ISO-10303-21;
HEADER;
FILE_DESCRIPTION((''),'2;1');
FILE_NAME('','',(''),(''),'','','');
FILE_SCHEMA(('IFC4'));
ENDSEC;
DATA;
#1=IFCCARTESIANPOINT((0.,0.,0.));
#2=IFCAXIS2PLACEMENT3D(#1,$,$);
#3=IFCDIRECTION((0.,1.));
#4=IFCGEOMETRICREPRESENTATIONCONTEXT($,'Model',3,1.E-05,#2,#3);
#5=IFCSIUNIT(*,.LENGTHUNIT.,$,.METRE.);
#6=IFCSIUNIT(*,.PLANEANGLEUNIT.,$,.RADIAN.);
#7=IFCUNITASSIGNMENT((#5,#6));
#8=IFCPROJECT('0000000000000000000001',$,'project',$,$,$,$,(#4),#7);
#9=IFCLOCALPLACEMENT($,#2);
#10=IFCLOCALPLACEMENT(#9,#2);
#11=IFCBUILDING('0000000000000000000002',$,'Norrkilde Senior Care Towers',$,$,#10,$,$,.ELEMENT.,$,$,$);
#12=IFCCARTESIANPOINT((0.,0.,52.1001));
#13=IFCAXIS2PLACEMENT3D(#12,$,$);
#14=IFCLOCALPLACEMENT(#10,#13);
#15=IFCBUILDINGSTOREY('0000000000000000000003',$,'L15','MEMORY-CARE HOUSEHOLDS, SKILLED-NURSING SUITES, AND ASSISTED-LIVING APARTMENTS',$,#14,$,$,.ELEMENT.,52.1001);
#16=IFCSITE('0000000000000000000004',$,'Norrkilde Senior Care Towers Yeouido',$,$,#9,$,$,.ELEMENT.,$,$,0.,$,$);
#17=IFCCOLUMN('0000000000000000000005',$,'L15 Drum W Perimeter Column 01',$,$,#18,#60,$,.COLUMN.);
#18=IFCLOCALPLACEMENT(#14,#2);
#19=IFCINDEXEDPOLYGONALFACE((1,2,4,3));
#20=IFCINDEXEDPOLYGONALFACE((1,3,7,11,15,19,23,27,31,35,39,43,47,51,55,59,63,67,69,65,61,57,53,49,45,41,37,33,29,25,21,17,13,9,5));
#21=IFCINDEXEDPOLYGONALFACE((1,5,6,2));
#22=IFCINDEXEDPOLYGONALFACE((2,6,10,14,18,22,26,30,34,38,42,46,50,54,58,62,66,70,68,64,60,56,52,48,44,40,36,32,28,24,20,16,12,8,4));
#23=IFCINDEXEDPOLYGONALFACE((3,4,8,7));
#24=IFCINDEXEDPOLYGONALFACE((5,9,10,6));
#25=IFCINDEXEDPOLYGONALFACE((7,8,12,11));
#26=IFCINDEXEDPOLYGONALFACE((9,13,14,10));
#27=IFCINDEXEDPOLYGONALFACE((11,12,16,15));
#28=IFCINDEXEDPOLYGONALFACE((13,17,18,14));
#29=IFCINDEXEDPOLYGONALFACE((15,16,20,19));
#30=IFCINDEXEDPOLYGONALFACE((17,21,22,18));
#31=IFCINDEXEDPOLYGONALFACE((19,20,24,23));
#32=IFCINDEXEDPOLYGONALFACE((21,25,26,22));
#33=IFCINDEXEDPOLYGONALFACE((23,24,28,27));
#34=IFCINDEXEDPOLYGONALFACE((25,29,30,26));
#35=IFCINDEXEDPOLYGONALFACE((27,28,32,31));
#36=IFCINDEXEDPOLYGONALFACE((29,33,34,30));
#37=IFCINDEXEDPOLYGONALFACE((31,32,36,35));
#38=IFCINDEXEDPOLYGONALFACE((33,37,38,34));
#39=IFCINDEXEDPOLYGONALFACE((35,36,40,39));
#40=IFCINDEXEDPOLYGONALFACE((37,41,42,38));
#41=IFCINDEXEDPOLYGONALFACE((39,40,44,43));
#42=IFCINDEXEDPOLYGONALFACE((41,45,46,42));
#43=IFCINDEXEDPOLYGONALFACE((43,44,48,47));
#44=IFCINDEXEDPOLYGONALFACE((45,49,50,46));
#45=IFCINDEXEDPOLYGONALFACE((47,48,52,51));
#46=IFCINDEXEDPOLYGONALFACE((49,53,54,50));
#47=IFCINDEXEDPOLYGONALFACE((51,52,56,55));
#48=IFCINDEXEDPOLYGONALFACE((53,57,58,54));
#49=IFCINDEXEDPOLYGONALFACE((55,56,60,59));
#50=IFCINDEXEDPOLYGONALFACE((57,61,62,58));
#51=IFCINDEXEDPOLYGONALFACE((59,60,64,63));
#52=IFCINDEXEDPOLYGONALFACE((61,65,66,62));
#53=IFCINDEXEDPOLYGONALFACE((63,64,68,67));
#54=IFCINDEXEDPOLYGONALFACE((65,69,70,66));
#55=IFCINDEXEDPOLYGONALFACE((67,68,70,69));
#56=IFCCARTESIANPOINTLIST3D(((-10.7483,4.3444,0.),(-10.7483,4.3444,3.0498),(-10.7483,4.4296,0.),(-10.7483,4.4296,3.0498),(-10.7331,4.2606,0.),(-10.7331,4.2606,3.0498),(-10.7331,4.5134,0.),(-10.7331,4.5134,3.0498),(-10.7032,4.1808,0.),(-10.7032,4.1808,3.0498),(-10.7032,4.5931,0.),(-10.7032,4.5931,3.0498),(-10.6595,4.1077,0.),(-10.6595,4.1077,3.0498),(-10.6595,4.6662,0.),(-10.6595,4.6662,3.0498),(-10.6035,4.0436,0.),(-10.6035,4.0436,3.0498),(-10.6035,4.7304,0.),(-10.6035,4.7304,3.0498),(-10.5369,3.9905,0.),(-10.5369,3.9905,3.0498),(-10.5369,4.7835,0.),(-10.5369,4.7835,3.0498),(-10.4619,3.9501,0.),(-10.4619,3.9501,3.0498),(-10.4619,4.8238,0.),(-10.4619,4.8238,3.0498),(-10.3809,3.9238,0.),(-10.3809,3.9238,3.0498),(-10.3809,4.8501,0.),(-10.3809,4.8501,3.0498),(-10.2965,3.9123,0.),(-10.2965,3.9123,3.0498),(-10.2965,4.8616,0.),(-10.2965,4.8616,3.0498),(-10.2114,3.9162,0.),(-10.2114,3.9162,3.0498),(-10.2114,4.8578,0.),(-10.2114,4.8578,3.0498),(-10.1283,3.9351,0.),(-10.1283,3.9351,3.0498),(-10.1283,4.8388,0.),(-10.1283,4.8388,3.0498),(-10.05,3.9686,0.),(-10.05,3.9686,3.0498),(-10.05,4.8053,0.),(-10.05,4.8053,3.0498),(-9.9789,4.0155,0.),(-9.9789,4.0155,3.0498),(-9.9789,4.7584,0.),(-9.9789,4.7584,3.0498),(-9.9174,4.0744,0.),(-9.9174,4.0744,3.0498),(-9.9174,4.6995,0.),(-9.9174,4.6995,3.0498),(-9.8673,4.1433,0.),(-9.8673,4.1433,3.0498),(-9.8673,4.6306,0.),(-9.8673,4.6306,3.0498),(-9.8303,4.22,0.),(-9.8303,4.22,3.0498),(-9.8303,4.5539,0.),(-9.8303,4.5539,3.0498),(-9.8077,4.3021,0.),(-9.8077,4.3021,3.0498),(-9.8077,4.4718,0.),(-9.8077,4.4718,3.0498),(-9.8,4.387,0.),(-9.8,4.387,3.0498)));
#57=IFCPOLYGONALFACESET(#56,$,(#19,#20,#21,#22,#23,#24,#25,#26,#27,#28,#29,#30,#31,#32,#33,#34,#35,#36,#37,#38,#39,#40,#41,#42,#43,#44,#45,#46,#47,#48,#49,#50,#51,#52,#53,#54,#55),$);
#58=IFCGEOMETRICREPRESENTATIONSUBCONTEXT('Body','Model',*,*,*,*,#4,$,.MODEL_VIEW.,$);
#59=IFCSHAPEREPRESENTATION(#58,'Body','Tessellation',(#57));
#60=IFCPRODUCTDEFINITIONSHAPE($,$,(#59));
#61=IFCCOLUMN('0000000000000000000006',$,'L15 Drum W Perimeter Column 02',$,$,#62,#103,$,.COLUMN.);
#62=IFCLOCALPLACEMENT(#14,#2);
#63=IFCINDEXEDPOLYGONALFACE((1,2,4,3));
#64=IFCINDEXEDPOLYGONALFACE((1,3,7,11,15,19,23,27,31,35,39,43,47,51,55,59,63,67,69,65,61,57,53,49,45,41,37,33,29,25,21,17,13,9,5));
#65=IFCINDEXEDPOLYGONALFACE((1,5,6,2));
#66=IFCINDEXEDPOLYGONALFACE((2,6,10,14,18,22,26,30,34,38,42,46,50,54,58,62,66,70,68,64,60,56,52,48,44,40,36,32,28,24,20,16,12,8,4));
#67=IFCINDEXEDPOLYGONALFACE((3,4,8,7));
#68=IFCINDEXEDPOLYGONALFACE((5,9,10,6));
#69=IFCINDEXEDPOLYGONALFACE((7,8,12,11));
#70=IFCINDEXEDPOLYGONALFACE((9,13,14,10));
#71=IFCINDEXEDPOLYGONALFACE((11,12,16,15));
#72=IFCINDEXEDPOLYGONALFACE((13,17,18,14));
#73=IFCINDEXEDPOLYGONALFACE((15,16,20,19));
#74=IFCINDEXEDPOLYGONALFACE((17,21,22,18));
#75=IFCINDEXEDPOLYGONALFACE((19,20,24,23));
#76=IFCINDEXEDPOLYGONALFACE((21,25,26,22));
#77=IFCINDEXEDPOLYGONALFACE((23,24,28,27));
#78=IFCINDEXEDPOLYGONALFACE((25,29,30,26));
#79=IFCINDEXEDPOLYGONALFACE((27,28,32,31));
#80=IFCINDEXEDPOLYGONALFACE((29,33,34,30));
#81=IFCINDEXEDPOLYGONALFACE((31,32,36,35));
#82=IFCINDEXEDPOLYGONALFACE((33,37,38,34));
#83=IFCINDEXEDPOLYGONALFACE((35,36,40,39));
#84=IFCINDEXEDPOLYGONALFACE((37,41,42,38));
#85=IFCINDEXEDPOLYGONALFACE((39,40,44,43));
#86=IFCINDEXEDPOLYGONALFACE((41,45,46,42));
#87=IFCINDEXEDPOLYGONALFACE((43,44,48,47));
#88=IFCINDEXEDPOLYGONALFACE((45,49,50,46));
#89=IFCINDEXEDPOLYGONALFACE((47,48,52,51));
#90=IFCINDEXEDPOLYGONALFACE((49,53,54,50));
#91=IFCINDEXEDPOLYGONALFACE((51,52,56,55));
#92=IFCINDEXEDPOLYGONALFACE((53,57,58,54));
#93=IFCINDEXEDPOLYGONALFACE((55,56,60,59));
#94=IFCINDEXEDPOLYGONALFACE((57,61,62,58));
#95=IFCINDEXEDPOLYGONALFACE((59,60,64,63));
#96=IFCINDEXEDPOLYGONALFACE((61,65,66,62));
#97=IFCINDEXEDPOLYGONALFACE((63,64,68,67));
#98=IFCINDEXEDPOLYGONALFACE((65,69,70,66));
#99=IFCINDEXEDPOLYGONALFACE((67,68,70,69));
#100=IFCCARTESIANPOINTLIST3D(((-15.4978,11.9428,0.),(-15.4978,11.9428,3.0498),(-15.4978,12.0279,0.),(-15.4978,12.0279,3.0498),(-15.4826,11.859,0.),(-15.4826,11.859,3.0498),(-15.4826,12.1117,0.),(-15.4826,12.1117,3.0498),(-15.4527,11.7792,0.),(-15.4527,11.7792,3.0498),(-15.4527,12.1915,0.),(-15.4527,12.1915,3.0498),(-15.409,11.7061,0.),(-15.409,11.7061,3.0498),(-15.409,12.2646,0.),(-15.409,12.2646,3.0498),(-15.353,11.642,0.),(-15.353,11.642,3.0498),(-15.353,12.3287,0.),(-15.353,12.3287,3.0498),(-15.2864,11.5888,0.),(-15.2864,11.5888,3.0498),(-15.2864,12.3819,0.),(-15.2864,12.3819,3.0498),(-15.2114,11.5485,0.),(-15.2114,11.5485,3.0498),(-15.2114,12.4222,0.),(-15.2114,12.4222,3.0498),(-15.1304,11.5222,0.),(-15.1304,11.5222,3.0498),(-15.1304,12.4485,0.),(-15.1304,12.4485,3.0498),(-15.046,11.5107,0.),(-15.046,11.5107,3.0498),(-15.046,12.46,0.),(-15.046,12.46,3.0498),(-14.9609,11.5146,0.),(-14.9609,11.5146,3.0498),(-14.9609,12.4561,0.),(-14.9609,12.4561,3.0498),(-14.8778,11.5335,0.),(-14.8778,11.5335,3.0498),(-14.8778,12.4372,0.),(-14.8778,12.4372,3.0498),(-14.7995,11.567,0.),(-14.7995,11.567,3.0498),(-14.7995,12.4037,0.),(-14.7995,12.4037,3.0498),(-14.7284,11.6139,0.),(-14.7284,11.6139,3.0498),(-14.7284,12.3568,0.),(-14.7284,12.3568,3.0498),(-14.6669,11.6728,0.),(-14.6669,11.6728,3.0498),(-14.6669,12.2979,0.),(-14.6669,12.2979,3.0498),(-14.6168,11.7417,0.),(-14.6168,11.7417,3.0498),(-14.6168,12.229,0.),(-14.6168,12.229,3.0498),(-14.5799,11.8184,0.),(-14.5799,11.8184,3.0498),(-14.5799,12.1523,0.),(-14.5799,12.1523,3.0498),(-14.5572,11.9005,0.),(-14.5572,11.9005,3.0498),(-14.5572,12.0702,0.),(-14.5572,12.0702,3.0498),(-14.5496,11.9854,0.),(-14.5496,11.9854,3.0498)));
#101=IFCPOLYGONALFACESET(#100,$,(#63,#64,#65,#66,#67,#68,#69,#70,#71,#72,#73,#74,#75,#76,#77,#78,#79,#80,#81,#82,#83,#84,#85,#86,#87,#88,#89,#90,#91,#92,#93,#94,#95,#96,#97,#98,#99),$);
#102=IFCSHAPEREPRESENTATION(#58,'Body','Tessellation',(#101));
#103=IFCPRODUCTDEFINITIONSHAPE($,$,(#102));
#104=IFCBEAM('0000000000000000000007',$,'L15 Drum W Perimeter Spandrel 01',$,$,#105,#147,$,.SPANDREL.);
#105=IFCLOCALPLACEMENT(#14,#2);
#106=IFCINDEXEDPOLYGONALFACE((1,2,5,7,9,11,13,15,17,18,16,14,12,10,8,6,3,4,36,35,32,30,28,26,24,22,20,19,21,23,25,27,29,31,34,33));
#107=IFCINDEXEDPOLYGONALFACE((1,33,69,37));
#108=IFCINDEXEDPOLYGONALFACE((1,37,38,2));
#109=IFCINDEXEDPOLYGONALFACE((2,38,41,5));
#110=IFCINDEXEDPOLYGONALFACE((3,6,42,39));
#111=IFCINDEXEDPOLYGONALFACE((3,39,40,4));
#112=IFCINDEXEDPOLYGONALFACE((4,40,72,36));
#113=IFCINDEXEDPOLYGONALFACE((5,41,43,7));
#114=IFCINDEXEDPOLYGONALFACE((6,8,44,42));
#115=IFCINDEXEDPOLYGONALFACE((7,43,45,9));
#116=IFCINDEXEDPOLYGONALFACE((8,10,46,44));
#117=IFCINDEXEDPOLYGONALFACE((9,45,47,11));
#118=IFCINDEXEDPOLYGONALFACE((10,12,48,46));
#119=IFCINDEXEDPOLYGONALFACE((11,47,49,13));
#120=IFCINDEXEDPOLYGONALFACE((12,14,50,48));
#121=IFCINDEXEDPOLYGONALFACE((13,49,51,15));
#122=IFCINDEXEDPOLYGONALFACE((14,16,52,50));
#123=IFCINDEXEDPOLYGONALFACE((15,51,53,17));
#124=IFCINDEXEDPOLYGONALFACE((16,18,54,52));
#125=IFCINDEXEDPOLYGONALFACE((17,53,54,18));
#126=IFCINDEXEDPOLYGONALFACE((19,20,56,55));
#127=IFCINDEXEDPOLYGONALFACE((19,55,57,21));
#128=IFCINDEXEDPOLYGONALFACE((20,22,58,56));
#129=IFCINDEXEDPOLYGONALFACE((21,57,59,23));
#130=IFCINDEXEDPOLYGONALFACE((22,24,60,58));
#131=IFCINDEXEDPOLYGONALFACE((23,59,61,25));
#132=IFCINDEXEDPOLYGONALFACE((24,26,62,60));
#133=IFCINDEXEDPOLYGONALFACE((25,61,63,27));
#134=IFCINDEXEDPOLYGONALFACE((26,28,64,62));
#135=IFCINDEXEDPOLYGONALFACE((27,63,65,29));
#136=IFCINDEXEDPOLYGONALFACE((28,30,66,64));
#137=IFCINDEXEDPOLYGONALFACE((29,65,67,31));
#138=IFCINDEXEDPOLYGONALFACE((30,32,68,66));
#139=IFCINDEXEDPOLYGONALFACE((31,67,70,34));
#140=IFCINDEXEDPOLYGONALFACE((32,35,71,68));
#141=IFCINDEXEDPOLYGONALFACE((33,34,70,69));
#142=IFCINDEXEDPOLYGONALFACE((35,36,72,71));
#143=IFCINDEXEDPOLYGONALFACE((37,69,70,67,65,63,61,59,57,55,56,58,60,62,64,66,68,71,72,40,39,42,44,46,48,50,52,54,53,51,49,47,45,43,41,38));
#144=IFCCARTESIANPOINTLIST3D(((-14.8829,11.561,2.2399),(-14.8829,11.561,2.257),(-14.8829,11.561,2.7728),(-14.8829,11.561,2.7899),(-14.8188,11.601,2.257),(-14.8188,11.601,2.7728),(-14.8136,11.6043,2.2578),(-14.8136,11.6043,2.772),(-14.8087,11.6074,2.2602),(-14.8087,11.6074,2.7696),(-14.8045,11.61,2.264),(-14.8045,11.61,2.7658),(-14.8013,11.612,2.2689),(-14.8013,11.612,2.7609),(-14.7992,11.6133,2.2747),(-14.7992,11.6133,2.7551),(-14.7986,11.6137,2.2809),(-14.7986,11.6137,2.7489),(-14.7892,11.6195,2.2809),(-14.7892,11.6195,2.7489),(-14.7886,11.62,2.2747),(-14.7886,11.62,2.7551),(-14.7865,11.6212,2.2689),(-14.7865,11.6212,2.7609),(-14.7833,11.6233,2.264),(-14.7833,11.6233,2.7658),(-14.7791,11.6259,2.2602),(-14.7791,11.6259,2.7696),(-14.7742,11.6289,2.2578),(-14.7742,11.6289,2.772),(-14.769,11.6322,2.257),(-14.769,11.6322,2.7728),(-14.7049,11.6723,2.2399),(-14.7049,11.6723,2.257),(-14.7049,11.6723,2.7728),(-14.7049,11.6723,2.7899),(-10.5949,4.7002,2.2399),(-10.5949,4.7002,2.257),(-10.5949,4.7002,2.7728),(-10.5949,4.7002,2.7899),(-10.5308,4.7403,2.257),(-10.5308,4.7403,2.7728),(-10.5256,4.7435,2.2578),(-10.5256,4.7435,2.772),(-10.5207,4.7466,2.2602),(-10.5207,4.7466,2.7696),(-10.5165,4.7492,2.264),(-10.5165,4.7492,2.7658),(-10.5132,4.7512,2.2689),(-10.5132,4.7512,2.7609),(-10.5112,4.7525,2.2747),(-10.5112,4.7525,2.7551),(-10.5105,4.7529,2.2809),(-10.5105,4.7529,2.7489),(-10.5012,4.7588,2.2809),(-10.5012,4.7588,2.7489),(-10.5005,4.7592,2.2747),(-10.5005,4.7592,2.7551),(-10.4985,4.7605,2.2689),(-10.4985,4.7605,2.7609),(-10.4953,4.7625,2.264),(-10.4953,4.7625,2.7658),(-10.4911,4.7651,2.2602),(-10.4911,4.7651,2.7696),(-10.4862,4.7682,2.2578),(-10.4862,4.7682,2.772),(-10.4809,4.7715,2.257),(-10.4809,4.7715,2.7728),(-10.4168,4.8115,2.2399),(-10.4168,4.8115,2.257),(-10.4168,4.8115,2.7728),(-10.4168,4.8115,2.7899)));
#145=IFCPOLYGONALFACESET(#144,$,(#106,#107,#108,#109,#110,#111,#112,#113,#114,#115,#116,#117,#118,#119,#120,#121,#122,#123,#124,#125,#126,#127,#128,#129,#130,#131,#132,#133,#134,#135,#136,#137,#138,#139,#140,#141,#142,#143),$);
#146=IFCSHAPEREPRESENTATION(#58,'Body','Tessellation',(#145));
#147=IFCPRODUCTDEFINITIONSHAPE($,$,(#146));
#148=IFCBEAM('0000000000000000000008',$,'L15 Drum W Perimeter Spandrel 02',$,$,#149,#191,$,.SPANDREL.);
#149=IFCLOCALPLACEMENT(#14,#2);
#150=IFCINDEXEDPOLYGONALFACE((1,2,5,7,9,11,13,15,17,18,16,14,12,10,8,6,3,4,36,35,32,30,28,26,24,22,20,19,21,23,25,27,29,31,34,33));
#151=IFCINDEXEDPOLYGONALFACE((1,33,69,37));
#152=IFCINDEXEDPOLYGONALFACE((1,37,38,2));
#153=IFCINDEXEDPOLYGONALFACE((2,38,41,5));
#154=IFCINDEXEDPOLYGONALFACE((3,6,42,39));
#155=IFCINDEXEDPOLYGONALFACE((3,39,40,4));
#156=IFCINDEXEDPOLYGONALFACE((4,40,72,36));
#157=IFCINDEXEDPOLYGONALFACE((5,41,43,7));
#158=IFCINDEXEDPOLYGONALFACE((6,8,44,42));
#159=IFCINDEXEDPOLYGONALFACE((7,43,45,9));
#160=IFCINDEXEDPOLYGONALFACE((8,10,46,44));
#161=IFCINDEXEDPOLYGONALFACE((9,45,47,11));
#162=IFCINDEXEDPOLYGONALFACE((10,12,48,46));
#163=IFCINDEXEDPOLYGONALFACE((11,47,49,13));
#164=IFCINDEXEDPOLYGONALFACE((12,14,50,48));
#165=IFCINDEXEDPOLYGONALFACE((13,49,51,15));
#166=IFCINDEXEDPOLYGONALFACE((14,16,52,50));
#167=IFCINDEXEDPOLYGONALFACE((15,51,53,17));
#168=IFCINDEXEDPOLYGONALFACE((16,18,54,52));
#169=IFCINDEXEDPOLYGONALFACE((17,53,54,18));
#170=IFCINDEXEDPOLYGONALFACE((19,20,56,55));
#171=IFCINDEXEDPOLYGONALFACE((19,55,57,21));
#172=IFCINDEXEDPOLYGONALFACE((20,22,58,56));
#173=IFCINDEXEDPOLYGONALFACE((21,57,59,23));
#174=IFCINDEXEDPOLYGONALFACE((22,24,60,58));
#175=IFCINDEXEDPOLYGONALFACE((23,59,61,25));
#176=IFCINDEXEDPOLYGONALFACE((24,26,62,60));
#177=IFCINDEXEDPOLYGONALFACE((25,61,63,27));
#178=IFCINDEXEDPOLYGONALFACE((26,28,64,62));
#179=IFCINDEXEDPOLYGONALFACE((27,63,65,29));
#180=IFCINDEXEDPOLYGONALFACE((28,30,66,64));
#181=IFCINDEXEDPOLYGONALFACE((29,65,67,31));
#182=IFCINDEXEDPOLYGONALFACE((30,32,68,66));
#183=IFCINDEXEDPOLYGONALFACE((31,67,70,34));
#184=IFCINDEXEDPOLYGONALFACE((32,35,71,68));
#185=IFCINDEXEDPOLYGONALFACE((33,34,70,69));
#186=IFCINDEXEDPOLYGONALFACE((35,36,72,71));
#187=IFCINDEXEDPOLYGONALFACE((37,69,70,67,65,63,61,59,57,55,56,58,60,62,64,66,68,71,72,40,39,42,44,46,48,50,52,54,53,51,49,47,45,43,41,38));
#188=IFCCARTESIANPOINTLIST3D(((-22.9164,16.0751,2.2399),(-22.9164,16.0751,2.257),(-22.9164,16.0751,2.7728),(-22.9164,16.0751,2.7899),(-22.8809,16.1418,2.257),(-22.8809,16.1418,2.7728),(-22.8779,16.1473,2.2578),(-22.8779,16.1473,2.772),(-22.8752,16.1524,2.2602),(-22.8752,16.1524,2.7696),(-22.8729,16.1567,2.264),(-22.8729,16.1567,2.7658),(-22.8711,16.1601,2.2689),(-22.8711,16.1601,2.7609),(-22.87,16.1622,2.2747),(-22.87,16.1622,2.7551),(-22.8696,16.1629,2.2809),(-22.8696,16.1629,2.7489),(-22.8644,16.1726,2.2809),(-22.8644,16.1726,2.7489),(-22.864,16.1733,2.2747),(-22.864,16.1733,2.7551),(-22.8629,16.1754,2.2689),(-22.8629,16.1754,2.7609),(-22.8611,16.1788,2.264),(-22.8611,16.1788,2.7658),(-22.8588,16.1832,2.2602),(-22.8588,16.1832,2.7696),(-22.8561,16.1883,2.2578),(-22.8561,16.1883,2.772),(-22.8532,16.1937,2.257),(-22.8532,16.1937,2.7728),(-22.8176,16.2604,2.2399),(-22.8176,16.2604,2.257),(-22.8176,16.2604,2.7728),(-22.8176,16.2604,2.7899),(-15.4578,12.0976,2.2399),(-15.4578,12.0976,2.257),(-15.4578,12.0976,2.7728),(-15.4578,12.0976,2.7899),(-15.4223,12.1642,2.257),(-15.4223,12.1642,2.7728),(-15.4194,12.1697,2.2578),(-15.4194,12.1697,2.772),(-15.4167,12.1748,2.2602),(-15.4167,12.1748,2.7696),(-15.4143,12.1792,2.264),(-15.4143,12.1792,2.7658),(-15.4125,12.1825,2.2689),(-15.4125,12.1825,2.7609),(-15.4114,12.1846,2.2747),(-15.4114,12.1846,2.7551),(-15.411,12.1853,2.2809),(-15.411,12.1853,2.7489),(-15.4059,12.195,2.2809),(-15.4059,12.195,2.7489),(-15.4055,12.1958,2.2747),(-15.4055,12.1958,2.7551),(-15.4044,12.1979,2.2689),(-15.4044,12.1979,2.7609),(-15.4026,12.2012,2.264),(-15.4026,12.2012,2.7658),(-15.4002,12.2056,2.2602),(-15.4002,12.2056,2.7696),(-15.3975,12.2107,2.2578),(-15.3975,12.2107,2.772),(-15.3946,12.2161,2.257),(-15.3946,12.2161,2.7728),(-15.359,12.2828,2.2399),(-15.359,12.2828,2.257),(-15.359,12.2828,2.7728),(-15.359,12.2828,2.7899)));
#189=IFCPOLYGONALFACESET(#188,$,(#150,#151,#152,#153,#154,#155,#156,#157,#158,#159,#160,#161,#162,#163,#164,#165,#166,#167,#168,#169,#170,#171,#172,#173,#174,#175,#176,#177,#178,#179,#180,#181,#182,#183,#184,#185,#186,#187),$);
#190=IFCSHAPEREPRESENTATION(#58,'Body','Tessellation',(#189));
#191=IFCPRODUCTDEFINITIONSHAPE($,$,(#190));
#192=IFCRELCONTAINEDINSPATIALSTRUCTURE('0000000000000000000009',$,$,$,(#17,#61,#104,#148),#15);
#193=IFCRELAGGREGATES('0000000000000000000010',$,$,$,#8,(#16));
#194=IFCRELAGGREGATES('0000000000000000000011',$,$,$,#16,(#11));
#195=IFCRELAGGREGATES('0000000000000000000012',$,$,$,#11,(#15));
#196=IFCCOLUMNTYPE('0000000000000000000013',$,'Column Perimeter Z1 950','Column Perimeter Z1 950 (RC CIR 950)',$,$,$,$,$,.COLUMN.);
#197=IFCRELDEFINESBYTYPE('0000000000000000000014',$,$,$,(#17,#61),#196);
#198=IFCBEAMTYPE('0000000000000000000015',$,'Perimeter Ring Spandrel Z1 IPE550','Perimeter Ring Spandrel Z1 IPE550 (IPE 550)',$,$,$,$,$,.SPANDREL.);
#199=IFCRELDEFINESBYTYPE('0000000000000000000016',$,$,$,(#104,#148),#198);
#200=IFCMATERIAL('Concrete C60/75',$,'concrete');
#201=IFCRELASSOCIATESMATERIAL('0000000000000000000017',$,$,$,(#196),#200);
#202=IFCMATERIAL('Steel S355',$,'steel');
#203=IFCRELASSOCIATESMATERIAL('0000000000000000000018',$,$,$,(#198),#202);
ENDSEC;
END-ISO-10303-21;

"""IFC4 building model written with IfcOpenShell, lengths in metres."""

from ifc_helpers import new_model, si_unit, direction, frame, origin, origin_2d, place, context, subcontext, project, spatial, circle, i_section, extrude, source, transform, mapped, material, material_profile, profile_set, type_object, type_shapes, element, save


model = new_model("IFC4")

# Units and contexts
model_context = context("Model", 3, precision=1e-05, world=origin(), true_north=direction((0.0, 1.0)))
body_context = subcontext(model_context, "Body", "Model", "MODEL_VIEW")
ifc_project = project(units=[si_unit("LENGTHUNIT", "METRE"), si_unit("PLANEANGLEUNIT", "RADIAN")], contexts=[model_context])

# Site, building, storey
site_placement = place(None, origin())
site = spatial("IfcSite", under=ifc_project, at=site_placement, Name="Norrkilde Senior Care Towers Yeouido", CompositionType="ELEMENT", RefElevation=0.0)
building_placement = place(site_placement, origin())
building = spatial("IfcBuilding", under=site, at=building_placement, Name="Norrkilde Senior Care Towers", CompositionType="ELEMENT")
storey_placement = place(building_placement, frame((0.0, 0.0, 52.1001)))
storey = spatial("IfcBuildingStorey", under=building, at=storey_placement, Name="L15", Description="MEMORY-CARE HOUSEHOLDS, SKILLED-NURSING SUITES, AND ASSISTED-LIVING APARTMENTS", CompositionType="ELEMENT", Elevation=52.1001)

# Columns
ifc_material_1 = material(Name="Concrete C60/75", Category="concrete")
ifc_material_profile_1 = material_profile(ifc_material_1, circle(Radius=0.4751, at=origin_2d()), Name="RC CIR 950")
ifc_profile_set_1 = profile_set([ifc_material_profile_1], Name="Concrete C60/75")
column_type = type_object("IfcColumnType", Name="Column Perimeter Z1 950", Description="Column Perimeter Z1 950 (RC CIR 950)", PredefinedType="COLUMN", material=ifc_profile_set_1)
shared_shape_1 = source(origin(), body_context, "Body", "SweptSolid", [
    extrude(circle(Radius=0.4751, at=origin_2d()), origin(), (0.0, 0.0, 1.0), 3.0498),
])
type_shapes(column_type, [shared_shape_1])
for number, where, z_axis, x_axis, name in (
    (1, (-10.2751, 4.387, 0.0), (0.0, 0.0, 1.0), (1.0, 0.0, 0.0), "L15 Drum W Perimeter Column 01"),
    (2, (-15.0247, 11.9854, 0.0), (0.0, 0.0, 1.0), (1.0, 0.0, 0.0), "L15 Drum W Perimeter Column 02"),
):
    element("IfcColumn", number, at=place(storey_placement, frame(where, z_axis=z_axis, x_axis=x_axis)), inside=storey, type_object=column_type, Name=name, PredefinedType="COLUMN", context=body_context, shape_type="MappedRepresentation", body=[
        mapped(shared_shape_1, transform((0.0, 0.0, 0.0), x_axis=(1.0, 0.0, 0.0), y_axis=(0.0, 1.0, 0.0), z_axis=(0.0, 0.0, 1.0), scale=1.0)),
    ])

# Beams
ifc_material_2 = material(Name="Steel S355", Category="steel")
ifc_material_profile_2 = material_profile(ifc_material_2, i_section(OverallWidth=0.21, OverallDepth=0.55, WebThickness=0.011, FlangeThickness=0.0171, FilletRadius=0.0239, at=origin_2d()), Name="IPE 550")
ifc_profile_set_2 = profile_set([ifc_material_profile_2], Name="Steel S355")
beam_type_1 = type_object("IfcBeamType", Name="Perimeter Ring Spandrel Z1 IPE550", Description="Perimeter Ring Spandrel Z1 IPE550 (IPE 550)", PredefinedType="SPANDREL", material=ifc_profile_set_2)
shared_shape_2 = source(origin(), body_context, "Body", "SweptSolid", [
    extrude(i_section(OverallWidth=0.21, OverallDepth=0.55, WebThickness=0.011, FlangeThickness=0.0171, FilletRadius=0.0239, at=origin_2d()), origin(), (0.0, 0.0, 1.0), 8.0906),
])
beam_1_placement = place(storey_placement, frame((-10.5059, 4.7559, 2.5149), z_axis=(-0.530004, 0.847995, 0.0), x_axis=(-0.847995, -0.530004, 0.0)))
element("IfcBeam", 3, at=beam_1_placement, inside=storey, type_object=beam_type_1, Name="L15 Drum W Perimeter Spandrel 01", PredefinedType="SPANDREL", context=body_context, shape_type="MappedRepresentation", body=[
    mapped(shared_shape_2, transform((0.0, 0.0, 0.0), x_axis=(1.0, 0.0, 0.0), y_axis=(0.0, 1.0, 0.0), z_axis=(0.0, 0.0, 1.0), scale=1.0)),
])
shared_shape_3 = source(origin(), body_context, "Body", "SweptSolid", [
    extrude(i_section(OverallWidth=0.21, OverallDepth=0.55, WebThickness=0.011, FlangeThickness=0.0171, FilletRadius=0.0239, at=origin_2d()), origin(), (0.0, 0.0, 1.0), 8.4529),
])
type_shapes(beam_type_1, [shared_shape_2, shared_shape_3])
beam_2_placement = place(storey_placement, frame((-15.4084, 12.1902, 2.5149), z_axis=(-0.882369, 0.470558, 0.0), x_axis=(-0.470558, -0.882369, 0.0)))
element("IfcBeam", 4, at=beam_2_placement, inside=storey, type_object=beam_type_1, Name="L15 Drum W Perimeter Spandrel 02", PredefinedType="SPANDREL", context=body_context, shape_type="MappedRepresentation", body=[
    mapped(shared_shape_3, transform((0.0, 0.0, 0.0), x_axis=(1.0, 0.0, 0.0), y_axis=(0.0, 1.0, 0.0), z_axis=(0.0, 0.0, 1.0), scale=1.0)),
])

save(model, "model.ifc")
